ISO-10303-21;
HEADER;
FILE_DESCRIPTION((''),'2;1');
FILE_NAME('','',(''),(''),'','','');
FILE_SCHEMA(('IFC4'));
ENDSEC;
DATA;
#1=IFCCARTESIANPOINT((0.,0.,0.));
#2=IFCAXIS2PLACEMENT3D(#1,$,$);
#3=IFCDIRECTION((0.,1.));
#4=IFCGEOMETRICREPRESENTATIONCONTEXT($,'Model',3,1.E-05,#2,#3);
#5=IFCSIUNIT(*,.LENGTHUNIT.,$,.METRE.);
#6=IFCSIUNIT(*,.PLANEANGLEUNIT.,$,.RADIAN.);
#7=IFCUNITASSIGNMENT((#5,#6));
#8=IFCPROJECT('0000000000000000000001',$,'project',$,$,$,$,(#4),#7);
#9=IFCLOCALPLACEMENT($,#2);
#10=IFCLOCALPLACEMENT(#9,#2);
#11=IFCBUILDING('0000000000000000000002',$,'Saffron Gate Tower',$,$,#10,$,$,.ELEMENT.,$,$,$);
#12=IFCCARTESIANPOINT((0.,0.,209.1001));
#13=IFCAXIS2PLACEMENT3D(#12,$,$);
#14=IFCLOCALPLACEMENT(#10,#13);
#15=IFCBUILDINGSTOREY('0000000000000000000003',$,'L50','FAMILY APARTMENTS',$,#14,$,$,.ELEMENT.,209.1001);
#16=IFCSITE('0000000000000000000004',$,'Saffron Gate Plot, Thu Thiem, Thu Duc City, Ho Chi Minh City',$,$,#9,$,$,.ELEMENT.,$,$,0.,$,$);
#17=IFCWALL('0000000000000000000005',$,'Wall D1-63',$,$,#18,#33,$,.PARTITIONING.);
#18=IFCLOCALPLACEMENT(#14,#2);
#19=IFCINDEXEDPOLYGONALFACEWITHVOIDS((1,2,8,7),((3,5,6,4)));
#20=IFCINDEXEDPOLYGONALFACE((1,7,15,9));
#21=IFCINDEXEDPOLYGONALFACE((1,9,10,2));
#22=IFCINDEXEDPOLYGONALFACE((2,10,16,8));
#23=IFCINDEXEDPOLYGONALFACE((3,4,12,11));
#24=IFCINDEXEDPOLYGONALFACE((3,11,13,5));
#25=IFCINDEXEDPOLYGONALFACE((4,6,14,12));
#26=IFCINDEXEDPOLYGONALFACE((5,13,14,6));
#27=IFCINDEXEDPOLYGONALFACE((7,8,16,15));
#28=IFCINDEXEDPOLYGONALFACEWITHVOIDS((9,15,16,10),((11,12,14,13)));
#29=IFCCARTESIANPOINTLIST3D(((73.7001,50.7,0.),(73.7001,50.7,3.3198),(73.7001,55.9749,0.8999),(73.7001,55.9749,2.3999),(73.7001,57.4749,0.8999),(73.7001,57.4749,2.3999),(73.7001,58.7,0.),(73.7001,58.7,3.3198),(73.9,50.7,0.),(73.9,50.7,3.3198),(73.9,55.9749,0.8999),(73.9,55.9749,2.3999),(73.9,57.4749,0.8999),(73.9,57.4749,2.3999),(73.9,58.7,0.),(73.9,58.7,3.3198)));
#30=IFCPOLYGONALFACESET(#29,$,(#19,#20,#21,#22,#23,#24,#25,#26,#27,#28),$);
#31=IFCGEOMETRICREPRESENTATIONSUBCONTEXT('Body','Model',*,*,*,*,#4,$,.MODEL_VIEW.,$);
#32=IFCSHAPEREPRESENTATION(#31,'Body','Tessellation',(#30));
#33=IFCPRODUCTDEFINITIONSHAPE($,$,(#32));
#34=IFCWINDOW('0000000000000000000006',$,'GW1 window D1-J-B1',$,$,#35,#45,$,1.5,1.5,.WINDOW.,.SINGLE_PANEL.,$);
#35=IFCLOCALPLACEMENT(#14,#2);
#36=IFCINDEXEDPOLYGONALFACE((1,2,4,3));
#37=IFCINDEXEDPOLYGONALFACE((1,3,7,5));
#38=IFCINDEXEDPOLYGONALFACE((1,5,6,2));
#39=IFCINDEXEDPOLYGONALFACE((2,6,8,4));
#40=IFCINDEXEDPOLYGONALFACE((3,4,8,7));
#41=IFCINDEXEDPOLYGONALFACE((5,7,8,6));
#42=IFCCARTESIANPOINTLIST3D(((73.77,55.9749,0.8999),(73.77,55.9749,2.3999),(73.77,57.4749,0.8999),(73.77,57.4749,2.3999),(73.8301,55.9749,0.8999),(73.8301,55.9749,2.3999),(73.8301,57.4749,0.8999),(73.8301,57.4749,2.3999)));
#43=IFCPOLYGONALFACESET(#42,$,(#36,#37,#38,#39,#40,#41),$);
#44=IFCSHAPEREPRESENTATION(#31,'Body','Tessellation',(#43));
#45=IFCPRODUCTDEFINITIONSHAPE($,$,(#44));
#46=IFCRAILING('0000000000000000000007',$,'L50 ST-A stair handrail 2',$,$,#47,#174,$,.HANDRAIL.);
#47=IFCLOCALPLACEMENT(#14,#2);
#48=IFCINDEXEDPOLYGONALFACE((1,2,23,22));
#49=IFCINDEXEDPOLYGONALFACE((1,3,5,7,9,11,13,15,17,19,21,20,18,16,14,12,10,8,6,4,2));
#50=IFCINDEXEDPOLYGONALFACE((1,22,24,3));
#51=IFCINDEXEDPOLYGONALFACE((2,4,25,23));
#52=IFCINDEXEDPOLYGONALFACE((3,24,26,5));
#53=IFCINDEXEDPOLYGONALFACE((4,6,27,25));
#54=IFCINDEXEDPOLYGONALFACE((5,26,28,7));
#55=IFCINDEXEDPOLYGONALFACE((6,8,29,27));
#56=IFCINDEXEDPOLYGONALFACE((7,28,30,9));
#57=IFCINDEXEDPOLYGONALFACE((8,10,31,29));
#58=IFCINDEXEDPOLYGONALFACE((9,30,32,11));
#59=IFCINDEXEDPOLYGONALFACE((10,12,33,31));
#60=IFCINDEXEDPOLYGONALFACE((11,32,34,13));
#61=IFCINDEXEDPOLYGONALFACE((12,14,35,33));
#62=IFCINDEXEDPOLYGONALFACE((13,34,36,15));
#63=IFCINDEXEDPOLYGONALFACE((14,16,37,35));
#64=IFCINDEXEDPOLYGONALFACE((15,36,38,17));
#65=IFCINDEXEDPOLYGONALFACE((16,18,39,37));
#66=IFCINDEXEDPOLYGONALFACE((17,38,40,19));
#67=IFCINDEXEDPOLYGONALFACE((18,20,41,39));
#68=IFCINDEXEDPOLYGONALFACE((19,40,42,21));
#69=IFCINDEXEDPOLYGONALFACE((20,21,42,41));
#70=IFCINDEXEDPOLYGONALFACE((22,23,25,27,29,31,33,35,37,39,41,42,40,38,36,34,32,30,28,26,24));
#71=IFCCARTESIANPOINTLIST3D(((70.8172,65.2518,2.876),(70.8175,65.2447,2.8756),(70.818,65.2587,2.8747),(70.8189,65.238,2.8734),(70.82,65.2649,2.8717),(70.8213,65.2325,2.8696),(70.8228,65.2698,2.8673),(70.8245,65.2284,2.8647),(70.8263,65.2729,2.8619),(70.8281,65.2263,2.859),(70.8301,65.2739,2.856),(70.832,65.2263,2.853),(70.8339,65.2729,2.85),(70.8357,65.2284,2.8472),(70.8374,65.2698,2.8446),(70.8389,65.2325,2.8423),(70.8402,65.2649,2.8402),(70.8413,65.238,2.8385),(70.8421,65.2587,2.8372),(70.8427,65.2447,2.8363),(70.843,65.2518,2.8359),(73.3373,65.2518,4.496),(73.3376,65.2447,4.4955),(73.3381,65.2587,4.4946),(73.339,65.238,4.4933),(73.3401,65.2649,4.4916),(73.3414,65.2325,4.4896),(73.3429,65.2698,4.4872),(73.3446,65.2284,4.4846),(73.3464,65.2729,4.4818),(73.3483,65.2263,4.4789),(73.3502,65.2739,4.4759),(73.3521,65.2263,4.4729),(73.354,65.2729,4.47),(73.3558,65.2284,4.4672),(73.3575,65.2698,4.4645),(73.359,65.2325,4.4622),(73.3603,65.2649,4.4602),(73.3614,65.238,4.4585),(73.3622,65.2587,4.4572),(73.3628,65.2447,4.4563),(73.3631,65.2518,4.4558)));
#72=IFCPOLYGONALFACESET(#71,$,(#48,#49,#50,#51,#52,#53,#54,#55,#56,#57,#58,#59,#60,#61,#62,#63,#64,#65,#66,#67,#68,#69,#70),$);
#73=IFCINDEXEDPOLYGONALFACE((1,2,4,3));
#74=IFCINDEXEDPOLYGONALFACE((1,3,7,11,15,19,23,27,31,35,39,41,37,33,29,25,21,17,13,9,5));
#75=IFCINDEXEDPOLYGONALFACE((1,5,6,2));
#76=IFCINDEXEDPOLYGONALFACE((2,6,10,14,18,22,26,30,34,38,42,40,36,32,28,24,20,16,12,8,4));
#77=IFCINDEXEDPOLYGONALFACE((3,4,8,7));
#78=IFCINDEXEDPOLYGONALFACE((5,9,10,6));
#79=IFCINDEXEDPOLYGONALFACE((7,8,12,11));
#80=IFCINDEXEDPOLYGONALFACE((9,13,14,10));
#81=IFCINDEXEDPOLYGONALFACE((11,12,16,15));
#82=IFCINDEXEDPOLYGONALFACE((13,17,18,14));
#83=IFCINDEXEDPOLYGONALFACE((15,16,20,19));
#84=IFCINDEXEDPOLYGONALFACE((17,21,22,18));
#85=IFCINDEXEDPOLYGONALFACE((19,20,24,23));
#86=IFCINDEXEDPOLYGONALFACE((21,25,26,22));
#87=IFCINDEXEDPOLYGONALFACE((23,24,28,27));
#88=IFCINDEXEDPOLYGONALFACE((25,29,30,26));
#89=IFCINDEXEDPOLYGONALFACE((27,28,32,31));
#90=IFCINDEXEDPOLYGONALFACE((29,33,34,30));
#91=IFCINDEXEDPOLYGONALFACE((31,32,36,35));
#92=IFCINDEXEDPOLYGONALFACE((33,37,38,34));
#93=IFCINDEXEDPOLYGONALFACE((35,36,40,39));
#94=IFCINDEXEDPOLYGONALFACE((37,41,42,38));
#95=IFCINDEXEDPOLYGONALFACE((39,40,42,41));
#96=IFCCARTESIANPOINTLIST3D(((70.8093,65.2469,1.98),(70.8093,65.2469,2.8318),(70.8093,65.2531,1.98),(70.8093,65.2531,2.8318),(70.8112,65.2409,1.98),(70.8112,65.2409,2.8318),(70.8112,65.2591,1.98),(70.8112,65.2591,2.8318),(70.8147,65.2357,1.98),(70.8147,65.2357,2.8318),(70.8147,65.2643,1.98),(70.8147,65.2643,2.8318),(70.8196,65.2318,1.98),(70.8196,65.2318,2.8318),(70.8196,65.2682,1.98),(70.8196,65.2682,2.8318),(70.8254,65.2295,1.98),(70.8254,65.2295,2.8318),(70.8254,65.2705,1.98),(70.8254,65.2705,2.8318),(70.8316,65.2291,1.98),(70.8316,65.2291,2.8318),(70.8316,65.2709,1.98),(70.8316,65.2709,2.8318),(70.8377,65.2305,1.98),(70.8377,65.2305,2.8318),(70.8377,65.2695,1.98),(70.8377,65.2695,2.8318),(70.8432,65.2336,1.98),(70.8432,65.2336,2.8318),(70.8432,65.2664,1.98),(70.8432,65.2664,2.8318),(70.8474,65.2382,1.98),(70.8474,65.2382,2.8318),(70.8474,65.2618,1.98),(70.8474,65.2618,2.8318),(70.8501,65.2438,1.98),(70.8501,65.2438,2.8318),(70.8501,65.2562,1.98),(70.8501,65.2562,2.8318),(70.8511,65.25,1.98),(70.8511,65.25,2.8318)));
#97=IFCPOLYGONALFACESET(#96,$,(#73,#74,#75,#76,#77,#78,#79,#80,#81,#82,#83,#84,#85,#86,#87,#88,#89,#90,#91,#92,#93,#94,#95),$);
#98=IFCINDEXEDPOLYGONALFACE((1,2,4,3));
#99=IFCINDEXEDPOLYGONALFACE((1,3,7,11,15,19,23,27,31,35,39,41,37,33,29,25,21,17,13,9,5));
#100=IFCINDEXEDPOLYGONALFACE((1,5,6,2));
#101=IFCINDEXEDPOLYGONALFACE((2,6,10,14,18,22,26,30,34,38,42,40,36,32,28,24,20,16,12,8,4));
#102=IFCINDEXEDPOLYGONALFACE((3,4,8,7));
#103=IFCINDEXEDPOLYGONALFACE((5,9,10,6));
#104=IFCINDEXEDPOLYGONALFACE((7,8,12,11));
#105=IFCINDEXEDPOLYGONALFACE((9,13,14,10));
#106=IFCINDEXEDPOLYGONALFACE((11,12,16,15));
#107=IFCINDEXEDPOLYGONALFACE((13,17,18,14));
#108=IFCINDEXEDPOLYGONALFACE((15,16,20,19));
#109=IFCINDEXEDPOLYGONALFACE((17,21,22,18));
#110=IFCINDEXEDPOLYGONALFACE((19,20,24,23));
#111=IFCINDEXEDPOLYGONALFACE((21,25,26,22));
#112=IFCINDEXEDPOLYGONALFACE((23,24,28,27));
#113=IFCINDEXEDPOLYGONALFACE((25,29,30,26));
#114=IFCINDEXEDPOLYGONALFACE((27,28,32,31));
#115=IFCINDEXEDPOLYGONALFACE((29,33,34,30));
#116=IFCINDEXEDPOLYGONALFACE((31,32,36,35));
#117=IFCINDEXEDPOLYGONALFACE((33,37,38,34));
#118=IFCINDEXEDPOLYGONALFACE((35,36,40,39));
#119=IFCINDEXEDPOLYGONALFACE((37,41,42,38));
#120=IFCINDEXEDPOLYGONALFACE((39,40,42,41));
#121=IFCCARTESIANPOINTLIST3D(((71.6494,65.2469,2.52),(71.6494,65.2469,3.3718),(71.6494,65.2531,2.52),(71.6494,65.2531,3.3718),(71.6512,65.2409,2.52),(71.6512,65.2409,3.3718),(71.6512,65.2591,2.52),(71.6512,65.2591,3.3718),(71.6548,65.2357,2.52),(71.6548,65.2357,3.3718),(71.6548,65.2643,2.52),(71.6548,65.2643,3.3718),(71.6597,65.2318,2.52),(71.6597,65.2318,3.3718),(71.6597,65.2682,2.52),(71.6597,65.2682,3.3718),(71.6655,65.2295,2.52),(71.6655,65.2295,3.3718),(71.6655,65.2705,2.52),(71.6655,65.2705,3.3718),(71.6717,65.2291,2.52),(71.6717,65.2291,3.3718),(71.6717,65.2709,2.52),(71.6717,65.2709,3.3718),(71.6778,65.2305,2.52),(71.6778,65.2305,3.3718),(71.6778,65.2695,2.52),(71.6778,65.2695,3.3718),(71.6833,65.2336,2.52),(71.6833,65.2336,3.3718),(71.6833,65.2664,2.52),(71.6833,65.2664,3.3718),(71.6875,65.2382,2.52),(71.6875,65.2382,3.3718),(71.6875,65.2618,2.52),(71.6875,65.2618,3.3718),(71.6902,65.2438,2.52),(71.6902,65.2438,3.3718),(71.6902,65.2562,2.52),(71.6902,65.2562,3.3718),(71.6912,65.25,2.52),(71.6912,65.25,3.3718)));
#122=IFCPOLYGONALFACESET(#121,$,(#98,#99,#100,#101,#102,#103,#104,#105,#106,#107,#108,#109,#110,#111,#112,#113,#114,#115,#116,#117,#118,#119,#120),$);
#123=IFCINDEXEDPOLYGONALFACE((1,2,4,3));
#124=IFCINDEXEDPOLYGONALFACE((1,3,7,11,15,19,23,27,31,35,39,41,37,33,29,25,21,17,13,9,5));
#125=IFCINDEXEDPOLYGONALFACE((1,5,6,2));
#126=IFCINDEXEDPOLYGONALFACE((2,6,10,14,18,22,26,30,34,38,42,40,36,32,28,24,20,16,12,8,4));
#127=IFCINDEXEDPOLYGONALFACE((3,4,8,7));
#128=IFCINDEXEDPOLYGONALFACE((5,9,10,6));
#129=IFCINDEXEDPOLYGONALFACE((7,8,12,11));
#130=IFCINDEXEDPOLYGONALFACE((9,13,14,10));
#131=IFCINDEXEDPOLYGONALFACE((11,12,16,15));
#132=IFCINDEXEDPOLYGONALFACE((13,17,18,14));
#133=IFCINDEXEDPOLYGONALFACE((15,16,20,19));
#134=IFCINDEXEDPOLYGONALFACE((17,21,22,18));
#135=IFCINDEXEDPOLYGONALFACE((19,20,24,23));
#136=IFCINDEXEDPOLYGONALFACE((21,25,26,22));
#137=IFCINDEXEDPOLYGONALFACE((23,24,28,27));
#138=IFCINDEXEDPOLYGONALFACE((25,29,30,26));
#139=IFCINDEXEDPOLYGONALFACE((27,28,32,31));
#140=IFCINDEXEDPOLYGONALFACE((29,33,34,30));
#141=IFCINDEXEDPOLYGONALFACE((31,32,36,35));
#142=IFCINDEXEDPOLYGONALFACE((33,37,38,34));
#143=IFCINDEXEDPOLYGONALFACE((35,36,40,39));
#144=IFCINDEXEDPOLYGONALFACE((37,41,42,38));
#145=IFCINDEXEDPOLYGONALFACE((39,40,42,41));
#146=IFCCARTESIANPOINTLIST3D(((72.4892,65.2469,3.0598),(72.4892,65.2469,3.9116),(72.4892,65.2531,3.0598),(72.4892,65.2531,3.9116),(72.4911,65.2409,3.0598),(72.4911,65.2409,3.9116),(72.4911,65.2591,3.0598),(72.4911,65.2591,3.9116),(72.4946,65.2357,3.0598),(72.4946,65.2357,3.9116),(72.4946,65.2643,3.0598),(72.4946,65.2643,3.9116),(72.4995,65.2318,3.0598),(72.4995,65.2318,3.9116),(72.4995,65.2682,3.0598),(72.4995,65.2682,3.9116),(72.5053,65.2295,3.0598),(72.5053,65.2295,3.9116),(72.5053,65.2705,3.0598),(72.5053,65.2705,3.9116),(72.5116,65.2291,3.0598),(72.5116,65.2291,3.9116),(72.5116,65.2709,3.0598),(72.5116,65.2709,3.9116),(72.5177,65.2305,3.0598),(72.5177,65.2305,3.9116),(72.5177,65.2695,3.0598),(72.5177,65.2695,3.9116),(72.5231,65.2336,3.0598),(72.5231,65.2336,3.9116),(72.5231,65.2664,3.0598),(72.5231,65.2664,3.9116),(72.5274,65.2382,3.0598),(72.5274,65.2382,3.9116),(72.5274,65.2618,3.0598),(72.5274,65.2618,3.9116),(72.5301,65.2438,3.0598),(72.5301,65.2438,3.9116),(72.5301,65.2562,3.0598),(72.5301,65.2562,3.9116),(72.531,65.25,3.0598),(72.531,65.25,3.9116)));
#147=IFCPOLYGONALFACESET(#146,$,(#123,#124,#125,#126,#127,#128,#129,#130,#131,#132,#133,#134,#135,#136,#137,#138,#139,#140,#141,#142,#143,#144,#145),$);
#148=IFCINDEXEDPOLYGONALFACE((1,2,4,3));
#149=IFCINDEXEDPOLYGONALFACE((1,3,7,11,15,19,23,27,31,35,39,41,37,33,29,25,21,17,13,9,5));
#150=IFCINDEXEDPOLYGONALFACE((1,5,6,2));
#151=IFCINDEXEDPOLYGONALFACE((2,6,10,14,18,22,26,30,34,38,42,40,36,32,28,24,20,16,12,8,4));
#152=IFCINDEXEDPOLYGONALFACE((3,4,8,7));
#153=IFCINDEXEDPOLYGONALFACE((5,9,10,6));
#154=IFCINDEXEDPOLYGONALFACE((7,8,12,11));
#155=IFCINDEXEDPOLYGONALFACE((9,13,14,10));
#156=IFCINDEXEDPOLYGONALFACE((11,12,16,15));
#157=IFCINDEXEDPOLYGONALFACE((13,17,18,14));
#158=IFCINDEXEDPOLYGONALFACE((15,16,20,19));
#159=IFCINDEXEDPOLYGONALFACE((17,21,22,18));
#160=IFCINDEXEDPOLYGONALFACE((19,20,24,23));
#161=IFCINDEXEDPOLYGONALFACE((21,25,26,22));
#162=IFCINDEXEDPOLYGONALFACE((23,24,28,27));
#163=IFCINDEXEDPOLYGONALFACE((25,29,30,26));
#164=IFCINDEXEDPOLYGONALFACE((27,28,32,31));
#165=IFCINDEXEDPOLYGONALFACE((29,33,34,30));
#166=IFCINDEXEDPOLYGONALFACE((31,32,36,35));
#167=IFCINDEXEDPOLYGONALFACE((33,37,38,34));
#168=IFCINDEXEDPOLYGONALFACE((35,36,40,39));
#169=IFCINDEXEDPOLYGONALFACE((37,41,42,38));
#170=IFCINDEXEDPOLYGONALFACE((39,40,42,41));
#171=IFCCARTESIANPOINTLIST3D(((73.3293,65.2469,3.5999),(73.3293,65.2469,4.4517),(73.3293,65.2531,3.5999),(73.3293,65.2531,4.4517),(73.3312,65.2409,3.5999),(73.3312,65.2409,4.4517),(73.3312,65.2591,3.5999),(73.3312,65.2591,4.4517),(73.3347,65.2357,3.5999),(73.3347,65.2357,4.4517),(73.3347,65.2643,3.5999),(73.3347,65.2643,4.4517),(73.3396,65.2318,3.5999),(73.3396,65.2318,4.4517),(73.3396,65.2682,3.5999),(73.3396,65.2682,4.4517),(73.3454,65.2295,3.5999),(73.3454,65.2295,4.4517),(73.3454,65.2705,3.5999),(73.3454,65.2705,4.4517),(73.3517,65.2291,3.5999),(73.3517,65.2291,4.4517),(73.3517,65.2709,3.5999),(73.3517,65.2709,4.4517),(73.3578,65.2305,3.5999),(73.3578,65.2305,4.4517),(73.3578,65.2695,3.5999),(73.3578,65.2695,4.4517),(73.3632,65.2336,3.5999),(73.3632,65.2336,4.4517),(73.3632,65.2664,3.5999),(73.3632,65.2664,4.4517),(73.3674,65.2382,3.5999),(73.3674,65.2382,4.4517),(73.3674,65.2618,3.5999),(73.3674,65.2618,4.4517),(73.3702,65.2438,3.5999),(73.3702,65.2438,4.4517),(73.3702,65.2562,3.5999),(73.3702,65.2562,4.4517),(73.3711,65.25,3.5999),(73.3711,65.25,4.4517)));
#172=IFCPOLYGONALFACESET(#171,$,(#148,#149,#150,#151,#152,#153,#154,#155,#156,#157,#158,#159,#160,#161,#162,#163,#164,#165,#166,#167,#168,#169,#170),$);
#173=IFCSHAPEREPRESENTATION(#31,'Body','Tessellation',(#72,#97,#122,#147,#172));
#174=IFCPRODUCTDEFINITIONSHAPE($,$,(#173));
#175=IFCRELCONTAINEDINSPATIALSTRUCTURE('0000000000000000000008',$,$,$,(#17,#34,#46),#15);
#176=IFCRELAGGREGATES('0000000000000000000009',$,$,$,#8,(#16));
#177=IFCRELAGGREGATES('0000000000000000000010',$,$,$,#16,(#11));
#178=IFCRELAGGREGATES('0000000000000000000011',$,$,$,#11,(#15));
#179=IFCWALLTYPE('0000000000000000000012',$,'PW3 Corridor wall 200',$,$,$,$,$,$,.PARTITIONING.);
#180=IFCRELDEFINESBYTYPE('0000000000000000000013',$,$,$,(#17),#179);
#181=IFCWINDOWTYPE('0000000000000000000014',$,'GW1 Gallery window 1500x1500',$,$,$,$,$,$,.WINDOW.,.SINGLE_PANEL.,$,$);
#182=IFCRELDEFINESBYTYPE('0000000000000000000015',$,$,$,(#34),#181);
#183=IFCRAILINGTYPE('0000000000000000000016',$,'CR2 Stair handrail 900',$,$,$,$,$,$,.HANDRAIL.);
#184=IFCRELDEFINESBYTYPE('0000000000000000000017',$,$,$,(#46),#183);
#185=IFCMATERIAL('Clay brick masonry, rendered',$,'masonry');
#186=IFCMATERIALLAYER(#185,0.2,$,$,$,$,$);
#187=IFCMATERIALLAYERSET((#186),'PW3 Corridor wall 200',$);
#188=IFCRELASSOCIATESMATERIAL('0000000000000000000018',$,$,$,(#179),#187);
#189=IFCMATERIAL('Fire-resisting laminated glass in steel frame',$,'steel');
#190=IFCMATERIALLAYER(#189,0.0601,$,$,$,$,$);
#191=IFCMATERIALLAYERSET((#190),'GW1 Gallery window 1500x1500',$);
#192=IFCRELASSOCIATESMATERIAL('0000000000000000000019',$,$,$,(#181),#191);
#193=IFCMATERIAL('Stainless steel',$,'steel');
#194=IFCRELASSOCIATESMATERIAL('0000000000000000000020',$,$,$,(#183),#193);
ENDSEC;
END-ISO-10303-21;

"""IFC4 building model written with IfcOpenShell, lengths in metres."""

from ifc_helpers import new_model, si_unit, direction, frame, frame_2d, origin, origin_2d, place, context, subcontext, project, spatial, rectangle, circle, extrude, material, layer, layer_set, type_object, element, fill, save


model = new_model("IFC4")

# Units and contexts
model_context = context("Model", 3, precision=1e-05, world=origin(), true_north=direction((0.0, 1.0)))
body_context = subcontext(model_context, "Body", "Model", "MODEL_VIEW")
ifc_project = project(units=[si_unit("LENGTHUNIT", "METRE"), si_unit("PLANEANGLEUNIT", "RADIAN")], contexts=[model_context])

# Site, building, storey
site_placement = place(None, origin())
site = spatial("IfcSite", under=ifc_project, at=site_placement, Name="Saffron Gate Plot, Thu Thiem, Thu Duc City, Ho Chi Minh City", CompositionType="ELEMENT", RefElevation=0.0)
building_placement = place(site_placement, origin())
building = spatial("IfcBuilding", under=site, at=building_placement, Name="Saffron Gate Tower", CompositionType="ELEMENT")
storey_placement = place(building_placement, frame((0.0, 0.0, 209.1001)))
storey = spatial("IfcBuildingStorey", under=building, at=storey_placement, Name="L50", Description="FAMILY APARTMENTS", CompositionType="ELEMENT", Elevation=209.1001)

# Shared definitions
ifc_material_1 = material(Name="Clay brick masonry, rendered", Category="masonry")
ifc_layer_1 = layer(ifc_material_1, 0.2)
ifc_layer_set_1 = layer_set([ifc_layer_1], Name="PW3 Corridor wall 200")
wall_type_1 = type_object("IfcWallType", Name="PW3 Corridor wall 200", PredefinedType="PARTITIONING", material=ifc_layer_set_1)

# Wall, opening, window
wall_1_placement = place(storey_placement, frame((73.8, 58.7, 0.0), z_axis=(0.0, 0.0, 1.0), x_axis=(0.0, -1.0, 0.0)))
wall_1 = element("IfcWall", 1, at=wall_1_placement, inside=storey, type_object=wall_type_1, Name="Wall D1-63", PredefinedType="PARTITIONING", context=body_context, shape_type="SweptSolid", body=[
    extrude(rectangle(XDim=8.0, YDim=0.2, at=frame_2d((4.0, 0.0))), origin(), (0.0, 0.0, 1.0), 3.3198),
])
opening_1_placement = place(wall_1_placement, frame((1.2251, 0.0, 0.8999)))
opening_1 = element("IfcOpeningElement", 2, at=opening_1_placement, cuts=wall_1, PredefinedType="OPENING", context=body_context, shape_type="SweptSolid", body=[
    extrude(rectangle(XDim=1.5, YDim=1.5, at=frame_2d((0.75, 0.75))), frame((0.0, 0.1099, 0.0), z_axis=(0.0, -1.0, 0.0), x_axis=(1.0, 0.0, 0.0)), (0.0, 0.0, 1.0), 0.22),
])
ifc_material_2 = material(Name="Fire-resisting laminated glass in steel frame", Category="steel")
ifc_layer_2 = layer(ifc_material_2, 0.0601)
ifc_layer_set_2 = layer_set([ifc_layer_2], Name="GW1 Gallery window 1500x1500")
window_type = type_object("IfcWindowType", Name="GW1 Gallery window 1500x1500", PartitioningType="SINGLE_PANEL", PredefinedType="WINDOW", material=ifc_layer_set_2)
window_placement = place(opening_1_placement, origin())
window = element("IfcWindow", 3, at=window_placement, inside=storey, type_object=window_type, Name="GW1 window D1-J-B1", OverallHeight=1.5, OverallWidth=1.5, PartitioningType="SINGLE_PANEL", PredefinedType="WINDOW", context=body_context, shape_type="SweptSolid", body=[
    extrude(rectangle(XDim=1.5, YDim=1.5, at=frame_2d((0.75, 0.75))), frame((0.0, 0.03, 0.0), z_axis=(0.0, -1.0, 0.0), x_axis=(1.0, 0.0, 0.0)), (0.0, 0.0, 1.0), 0.0601),
])
fill(opening_1, window)

# Railing
ifc_material_3 = material(Name="Stainless steel", Category="steel")
railing_type = type_object("IfcRailingType", Name="CR2 Stair handrail 900", PredefinedType="HANDRAIL", material=ifc_material_3)
railing_placement = place(storey_placement, frame((70.8301, 65.25, 1.98)))
element("IfcRailing", 4, at=railing_placement, inside=storey, type_object=railing_type, Name="L50 ST-A stair handrail 2", PredefinedType="HANDRAIL", context=body_context, shape_type="SweptSolid", body=[
    extrude(circle(Radius=0.0239, at=origin_2d()), frame((0.0, 0.0, 0.876), z_axis=(0.8412, 0.0, 0.540725), x_axis=(0.0, 1.0, 0.0)), (0.0, 0.0, 1.0), 2.9958),
    extrude(circle(Radius=0.021, at=origin_2d()), origin(), (0.0, 0.0, 1.0), 0.8518),
    extrude(circle(Radius=0.021, at=origin_2d()), frame((0.8401, 0.0, 0.54)), (0.0, 0.0, 1.0), 0.8518),
    extrude(circle(Radius=0.021, at=origin_2d()), frame((1.6799, 0.0, 1.0798)), (0.0, 0.0, 1.0), 0.8518),
    extrude(circle(Radius=0.021, at=origin_2d()), frame((2.52, 0.0, 1.6199)), (0.0, 0.0, 1.0), 0.8518),
])

save(model, "model.ifc")
